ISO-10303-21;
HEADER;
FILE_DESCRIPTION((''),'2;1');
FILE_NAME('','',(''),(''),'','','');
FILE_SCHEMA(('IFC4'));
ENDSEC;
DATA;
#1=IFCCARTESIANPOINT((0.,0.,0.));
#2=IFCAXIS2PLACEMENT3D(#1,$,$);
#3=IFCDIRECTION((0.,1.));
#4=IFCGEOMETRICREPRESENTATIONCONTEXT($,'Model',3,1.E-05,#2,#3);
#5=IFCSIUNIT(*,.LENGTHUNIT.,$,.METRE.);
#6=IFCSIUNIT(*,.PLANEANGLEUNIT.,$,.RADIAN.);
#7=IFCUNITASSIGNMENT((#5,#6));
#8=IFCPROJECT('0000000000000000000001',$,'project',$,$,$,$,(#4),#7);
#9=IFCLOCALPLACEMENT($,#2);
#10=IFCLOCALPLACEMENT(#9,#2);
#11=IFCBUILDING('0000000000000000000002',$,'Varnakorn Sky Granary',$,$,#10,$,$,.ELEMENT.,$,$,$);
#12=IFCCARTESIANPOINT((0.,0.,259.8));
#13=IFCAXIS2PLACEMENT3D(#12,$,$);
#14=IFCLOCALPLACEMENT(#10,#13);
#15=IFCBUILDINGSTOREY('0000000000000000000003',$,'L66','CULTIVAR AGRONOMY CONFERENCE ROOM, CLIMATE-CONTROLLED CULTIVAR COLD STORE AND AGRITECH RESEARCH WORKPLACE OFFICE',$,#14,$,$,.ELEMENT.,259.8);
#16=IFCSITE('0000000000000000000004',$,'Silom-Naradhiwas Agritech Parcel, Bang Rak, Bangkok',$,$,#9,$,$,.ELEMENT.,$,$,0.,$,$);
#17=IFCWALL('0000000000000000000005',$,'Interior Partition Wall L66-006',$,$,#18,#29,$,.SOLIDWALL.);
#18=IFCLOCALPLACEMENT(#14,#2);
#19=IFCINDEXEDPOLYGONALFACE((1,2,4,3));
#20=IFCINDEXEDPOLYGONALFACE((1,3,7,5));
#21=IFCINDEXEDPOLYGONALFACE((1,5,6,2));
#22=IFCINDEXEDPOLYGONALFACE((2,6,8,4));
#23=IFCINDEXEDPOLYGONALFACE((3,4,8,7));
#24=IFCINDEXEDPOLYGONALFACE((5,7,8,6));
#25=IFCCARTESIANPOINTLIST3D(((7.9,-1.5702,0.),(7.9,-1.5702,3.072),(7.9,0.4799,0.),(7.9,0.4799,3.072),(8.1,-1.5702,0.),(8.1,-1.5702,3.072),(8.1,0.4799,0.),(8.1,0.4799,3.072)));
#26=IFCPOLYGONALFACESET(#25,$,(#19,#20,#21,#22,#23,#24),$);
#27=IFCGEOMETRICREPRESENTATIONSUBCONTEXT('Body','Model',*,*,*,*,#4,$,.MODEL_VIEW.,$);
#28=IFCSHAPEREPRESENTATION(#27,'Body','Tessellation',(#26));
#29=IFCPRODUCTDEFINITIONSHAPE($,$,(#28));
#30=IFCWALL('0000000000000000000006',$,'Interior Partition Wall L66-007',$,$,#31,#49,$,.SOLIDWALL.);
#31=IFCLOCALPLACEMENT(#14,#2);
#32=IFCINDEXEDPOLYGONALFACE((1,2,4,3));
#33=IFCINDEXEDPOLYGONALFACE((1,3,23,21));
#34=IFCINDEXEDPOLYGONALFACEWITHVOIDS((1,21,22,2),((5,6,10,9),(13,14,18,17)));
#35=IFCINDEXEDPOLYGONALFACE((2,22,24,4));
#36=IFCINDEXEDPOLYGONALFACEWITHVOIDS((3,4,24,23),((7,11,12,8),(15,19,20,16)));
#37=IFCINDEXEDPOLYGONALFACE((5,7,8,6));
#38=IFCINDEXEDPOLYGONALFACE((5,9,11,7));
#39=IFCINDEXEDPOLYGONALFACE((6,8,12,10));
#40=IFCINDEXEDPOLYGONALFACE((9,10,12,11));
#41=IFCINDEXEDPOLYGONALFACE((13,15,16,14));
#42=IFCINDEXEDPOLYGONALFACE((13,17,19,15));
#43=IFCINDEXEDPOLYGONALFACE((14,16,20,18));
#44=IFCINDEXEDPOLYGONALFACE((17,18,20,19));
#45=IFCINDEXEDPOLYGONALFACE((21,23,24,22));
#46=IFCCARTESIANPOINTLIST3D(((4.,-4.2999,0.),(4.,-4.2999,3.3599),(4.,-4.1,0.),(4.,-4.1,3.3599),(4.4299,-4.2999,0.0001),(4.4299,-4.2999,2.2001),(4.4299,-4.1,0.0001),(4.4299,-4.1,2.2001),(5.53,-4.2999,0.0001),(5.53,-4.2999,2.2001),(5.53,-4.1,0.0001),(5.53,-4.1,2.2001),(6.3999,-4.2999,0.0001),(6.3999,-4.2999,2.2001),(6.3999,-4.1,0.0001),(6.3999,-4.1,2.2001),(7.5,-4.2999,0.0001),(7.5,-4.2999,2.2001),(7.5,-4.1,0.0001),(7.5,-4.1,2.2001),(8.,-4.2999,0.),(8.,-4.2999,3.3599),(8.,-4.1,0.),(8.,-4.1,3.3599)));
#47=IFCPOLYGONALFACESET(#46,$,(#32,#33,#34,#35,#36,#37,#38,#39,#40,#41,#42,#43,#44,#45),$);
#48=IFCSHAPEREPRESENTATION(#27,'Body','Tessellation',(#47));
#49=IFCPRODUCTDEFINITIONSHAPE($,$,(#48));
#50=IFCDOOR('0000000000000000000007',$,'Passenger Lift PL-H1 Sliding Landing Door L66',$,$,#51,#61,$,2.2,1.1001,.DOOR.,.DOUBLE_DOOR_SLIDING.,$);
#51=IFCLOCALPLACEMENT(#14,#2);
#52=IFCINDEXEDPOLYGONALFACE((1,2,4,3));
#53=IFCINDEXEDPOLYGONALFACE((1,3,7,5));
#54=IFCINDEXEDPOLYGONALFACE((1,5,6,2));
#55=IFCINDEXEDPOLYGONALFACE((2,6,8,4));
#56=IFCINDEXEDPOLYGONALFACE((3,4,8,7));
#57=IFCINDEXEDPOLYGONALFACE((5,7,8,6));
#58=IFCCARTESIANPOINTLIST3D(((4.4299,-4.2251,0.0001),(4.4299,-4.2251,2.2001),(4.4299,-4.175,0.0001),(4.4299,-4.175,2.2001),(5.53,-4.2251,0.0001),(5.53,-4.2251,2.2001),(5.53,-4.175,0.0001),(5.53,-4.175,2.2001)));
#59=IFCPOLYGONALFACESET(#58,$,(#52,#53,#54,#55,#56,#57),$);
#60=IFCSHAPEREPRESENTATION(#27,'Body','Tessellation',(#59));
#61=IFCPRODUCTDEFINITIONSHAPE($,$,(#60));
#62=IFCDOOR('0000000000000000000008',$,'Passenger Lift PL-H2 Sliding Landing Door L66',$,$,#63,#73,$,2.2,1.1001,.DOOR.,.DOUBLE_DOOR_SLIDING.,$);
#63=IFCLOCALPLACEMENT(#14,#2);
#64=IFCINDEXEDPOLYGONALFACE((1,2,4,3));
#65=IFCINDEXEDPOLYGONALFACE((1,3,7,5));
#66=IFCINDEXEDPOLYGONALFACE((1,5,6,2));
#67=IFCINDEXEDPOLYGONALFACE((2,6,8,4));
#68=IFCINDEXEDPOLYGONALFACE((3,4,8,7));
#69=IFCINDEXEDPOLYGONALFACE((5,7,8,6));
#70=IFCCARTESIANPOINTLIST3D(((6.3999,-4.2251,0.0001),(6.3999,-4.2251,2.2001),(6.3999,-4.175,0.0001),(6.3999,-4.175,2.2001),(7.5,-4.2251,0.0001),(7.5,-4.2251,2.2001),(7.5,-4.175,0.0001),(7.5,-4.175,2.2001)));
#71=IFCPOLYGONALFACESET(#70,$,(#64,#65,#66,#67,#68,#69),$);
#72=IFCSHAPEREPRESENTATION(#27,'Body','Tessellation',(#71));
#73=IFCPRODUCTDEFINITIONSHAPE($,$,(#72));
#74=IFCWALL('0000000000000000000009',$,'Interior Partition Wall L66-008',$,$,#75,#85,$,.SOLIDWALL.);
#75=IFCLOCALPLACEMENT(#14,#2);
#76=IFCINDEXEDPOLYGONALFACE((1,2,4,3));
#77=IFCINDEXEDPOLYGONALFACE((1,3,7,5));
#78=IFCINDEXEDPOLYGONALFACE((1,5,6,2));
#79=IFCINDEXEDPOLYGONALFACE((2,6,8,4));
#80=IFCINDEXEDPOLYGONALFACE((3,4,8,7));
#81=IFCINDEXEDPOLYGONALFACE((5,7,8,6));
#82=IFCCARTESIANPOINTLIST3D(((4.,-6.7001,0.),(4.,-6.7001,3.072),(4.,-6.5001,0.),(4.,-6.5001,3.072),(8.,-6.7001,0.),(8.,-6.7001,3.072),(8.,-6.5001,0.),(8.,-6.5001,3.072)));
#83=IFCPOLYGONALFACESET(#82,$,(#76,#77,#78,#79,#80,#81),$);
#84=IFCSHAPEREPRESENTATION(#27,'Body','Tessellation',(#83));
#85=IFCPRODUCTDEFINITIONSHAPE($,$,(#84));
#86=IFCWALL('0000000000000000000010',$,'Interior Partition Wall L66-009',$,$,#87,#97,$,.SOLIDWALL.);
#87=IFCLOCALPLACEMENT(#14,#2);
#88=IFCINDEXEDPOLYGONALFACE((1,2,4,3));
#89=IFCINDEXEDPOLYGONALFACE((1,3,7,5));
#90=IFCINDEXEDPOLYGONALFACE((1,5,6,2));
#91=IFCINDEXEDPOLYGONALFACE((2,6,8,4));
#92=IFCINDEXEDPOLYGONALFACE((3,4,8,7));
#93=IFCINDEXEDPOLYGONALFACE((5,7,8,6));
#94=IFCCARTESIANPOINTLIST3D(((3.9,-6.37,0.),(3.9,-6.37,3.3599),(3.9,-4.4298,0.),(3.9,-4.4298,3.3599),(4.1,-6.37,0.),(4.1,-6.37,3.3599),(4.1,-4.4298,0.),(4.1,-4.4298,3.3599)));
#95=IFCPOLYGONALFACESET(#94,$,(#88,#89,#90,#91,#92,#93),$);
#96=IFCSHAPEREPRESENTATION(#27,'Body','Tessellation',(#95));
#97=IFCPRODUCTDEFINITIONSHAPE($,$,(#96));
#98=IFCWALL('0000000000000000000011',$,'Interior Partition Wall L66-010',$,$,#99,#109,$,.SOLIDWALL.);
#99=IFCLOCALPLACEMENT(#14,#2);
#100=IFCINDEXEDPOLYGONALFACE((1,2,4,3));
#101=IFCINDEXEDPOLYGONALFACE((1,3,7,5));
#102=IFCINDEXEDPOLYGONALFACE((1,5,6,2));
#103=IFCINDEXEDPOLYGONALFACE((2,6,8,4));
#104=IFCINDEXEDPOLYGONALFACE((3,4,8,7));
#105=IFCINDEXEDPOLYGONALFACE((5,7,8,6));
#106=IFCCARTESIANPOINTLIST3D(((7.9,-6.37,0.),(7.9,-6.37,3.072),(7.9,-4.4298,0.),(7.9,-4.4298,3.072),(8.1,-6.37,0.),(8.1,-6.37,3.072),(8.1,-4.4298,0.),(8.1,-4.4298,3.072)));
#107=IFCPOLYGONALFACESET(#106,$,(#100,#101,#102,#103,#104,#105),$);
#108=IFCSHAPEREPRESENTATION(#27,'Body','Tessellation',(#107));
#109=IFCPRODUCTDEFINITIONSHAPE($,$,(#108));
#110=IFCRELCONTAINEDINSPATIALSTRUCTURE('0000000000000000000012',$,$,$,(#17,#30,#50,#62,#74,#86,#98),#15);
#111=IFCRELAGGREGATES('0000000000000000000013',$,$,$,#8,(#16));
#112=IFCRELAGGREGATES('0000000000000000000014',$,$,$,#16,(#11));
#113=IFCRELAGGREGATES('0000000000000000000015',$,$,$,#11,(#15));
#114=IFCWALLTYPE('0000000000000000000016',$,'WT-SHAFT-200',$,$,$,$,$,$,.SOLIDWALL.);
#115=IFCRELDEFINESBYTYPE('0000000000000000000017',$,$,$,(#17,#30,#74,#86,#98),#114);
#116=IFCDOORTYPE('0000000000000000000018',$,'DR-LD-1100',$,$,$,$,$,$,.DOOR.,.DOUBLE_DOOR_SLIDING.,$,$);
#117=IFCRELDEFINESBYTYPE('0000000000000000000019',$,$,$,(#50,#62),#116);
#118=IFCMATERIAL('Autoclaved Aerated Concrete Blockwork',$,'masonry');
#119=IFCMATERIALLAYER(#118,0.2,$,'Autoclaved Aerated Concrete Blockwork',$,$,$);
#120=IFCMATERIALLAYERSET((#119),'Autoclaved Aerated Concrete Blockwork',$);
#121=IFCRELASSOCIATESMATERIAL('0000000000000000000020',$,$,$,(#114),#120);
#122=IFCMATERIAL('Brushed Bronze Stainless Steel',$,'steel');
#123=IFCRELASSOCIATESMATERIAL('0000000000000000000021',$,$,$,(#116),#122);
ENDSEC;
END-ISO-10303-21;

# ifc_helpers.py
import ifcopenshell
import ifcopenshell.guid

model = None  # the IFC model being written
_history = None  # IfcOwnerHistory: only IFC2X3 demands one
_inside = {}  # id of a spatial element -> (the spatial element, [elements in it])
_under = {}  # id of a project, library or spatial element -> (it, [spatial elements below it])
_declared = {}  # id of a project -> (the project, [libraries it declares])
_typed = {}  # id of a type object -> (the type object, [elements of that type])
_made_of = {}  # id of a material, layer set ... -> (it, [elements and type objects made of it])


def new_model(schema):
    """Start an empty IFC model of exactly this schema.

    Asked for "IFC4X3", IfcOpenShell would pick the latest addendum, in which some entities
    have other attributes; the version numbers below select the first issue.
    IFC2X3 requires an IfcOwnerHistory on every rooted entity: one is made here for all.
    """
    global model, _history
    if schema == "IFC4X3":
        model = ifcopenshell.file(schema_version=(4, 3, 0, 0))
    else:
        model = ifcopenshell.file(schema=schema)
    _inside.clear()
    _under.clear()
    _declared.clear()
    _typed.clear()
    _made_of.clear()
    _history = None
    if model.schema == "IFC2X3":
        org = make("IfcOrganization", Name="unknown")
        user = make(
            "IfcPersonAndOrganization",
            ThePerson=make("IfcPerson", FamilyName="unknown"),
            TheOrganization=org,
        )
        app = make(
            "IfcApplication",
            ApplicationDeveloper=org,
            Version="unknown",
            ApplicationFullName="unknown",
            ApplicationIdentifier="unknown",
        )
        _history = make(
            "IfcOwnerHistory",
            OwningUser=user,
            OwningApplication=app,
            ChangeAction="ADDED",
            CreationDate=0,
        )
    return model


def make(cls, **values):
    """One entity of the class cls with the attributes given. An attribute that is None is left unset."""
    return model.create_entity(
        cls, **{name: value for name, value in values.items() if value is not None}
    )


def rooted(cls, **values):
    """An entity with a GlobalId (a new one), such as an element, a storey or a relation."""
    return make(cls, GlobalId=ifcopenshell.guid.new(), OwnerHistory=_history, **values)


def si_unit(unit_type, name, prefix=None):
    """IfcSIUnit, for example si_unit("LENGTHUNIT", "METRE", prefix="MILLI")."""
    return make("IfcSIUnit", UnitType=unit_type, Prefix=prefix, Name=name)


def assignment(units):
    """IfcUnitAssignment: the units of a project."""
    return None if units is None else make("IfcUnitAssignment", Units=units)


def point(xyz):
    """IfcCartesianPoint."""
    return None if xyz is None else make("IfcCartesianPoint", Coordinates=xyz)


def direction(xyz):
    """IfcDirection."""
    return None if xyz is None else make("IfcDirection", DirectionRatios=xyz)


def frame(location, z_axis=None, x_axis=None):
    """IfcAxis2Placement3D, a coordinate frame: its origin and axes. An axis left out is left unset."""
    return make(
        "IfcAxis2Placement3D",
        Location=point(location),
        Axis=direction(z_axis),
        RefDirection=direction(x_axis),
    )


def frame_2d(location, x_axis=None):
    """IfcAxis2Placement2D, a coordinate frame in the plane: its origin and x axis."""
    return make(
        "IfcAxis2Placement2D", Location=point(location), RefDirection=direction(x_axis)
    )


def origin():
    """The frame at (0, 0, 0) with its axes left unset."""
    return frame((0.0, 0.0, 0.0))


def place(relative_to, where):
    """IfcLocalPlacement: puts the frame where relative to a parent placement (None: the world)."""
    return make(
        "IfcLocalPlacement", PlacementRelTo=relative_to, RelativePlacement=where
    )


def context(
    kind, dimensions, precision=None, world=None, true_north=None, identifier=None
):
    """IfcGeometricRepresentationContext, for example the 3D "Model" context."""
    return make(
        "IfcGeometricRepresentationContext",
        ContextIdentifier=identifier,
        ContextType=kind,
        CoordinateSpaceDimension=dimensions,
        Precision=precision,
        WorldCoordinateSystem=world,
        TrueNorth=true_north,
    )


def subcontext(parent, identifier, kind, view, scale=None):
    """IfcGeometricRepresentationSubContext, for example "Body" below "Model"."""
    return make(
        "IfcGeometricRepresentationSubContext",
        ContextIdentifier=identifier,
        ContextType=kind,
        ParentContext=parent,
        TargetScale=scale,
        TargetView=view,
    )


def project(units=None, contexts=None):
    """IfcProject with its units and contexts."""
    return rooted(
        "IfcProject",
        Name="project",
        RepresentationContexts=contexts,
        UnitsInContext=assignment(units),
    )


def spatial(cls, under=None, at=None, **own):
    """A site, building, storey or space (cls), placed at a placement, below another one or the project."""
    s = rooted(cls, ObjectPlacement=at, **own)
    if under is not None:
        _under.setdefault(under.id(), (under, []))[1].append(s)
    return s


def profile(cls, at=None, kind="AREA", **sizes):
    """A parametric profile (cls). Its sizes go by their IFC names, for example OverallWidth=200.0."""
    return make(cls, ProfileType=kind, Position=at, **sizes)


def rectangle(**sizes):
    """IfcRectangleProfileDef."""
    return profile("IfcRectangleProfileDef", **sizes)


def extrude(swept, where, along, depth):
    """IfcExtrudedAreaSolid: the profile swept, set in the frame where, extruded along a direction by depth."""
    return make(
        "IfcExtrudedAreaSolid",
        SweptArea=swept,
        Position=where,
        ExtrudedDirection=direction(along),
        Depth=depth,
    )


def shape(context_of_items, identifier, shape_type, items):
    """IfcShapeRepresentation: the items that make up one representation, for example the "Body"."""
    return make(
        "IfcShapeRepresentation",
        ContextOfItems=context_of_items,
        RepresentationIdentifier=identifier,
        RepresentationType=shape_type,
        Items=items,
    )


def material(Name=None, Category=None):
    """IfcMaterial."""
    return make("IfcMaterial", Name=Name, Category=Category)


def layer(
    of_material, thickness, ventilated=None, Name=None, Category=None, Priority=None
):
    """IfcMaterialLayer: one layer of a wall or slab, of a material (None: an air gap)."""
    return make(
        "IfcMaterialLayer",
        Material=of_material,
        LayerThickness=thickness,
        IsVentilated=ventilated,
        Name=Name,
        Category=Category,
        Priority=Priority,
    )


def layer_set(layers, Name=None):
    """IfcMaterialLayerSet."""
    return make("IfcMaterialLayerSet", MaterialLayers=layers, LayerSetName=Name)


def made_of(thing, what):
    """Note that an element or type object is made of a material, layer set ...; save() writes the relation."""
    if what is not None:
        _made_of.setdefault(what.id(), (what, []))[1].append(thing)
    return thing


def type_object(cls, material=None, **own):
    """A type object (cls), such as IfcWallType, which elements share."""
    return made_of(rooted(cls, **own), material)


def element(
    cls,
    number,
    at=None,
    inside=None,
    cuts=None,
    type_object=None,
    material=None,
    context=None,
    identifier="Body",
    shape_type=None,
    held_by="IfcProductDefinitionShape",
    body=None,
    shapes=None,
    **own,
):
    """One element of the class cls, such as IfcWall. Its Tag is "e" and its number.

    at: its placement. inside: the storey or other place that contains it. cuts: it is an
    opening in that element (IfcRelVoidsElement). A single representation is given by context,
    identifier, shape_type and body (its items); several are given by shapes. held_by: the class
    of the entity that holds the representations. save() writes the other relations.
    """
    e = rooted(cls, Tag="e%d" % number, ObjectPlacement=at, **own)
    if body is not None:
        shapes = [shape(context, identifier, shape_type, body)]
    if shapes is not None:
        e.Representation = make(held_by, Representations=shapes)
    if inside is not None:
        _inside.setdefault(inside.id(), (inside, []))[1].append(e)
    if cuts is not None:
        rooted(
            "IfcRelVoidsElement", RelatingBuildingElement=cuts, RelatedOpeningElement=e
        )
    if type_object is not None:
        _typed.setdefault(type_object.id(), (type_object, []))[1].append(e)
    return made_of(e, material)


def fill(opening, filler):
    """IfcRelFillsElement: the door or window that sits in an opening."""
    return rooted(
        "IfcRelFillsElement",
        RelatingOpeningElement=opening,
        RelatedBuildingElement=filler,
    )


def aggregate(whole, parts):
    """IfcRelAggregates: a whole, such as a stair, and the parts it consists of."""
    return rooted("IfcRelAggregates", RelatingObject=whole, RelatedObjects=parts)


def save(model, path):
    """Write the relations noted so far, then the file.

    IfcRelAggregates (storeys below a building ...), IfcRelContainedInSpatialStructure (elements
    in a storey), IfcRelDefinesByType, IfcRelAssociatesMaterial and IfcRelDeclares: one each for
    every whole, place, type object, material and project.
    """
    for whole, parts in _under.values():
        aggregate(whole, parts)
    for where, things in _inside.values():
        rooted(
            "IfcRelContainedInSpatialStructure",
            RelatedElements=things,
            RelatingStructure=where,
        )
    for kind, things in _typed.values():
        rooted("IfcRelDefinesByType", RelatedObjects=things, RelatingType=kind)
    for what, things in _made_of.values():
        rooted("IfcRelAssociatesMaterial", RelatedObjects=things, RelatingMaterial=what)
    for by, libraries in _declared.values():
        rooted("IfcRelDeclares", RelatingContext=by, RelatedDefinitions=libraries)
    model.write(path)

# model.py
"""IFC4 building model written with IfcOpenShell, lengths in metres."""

from ifc_helpers import new_model, si_unit, direction, frame, frame_2d, origin, place, context, subcontext, project, spatial, rectangle, extrude, material, layer, layer_set, type_object, element, fill, save


model = new_model("IFC4")

# Units and contexts
model_context = context("Model", 3, precision=1e-05, world=origin(), true_north=direction((0.0, 1.0)))
body_context = subcontext(model_context, "Body", "Model", "MODEL_VIEW")
ifc_project = project(units=[si_unit("LENGTHUNIT", "METRE"), si_unit("PLANEANGLEUNIT", "RADIAN")], contexts=[model_context])

# Site, building, storey
site_placement = place(None, origin())
site = spatial("IfcSite", under=ifc_project, at=site_placement, Name="Silom-Naradhiwas Agritech Parcel, Bang Rak, Bangkok", CompositionType="ELEMENT", RefElevation=0.0)
building_placement = place(site_placement, origin())
building = spatial("IfcBuilding", under=site, at=building_placement, Name="Varnakorn Sky Granary", CompositionType="ELEMENT")
storey_placement = place(building_placement, frame((0.0, 0.0, 259.8)))
storey = spatial("IfcBuildingStorey", under=building, at=storey_placement, Name="L66", Description="CULTIVAR AGRONOMY CONFERENCE ROOM, CLIMATE-CONTROLLED CULTIVAR COLD STORE AND AGRITECH RESEARCH WORKPLACE OFFICE", CompositionType="ELEMENT", Elevation=259.8)

# Shared definitions
ifc_material_1 = material(Name="Autoclaved Aerated Concrete Blockwork", Category="masonry")

# Wall
ifc_layer_1 = layer(ifc_material_1, 0.2, Name="Autoclaved Aerated Concrete Blockwork")
ifc_layer_set_1 = layer_set([ifc_layer_1], Name="Autoclaved Aerated Concrete Blockwork")
wall_type_1 = type_object("IfcWallType", Name="WT-SHAFT-200", PredefinedType="SOLIDWALL", material=ifc_layer_set_1)
wall_1_placement = place(storey_placement, frame((8.0, -1.5701, 0.0), z_axis=(0.0, 0.0, 1.0), x_axis=(0.0, 1.0, 0.0)))
element("IfcWall", 1, at=wall_1_placement, inside=storey, type_object=wall_type_1, Name="Interior Partition Wall L66-006", PredefinedType="SOLIDWALL", context=body_context, shape_type="SweptSolid", body=[
    extrude(rectangle(XDim=2.05, YDim=0.2, at=frame_2d((1.0249, 0.0))), origin(), (0.0, 0.0, 1.0), 3.072),
])

# Wall, openings, doors
wall_2_placement = place(storey_placement, frame((4.0, -4.2, 0.0), z_axis=(0.0, 0.0, 1.0), x_axis=(1.0, 0.0, 0.0)))
wall_2 = element("IfcWall", 2, at=wall_2_placement, inside=storey, type_object=wall_type_1, Name="Interior Partition Wall L66-007", PredefinedType="SOLIDWALL", context=body_context, shape_type="SweptSolid", body=[
    extrude(rectangle(XDim=4.0, YDim=0.2, at=frame_2d((2.0, 0.0))), origin(), (0.0, 0.0, 1.0), 3.3599),
])
opening_1_placement = place(wall_2_placement, frame((0.4299, 0.0, 0.0)))
opening_1 = element("IfcOpeningElement", 3, at=opening_1_placement, cuts=wall_2, PredefinedType="OPENING", context=body_context, shape_type="SweptSolid", body=[
    extrude(rectangle(XDim=1.1001, YDim=2.2, at=frame_2d((0.55, 1.1001))), frame((0.0, 0.1099, 0.0), z_axis=(0.0, -1.0, 0.0), x_axis=(1.0, 0.0, 0.0)), (0.0, 0.0, 1.0), 0.22),
])
opening_2_placement = place(wall_2_placement, frame((2.3999, 0.0, 0.0)))
opening_2 = element("IfcOpeningElement", 4, at=opening_2_placement, cuts=wall_2, PredefinedType="OPENING", context=body_context, shape_type="SweptSolid", body=[
    extrude(rectangle(XDim=1.1001, YDim=2.2, at=frame_2d((0.55, 1.1001))), frame((0.0, 0.1099, 0.0), z_axis=(0.0, -1.0, 0.0), x_axis=(1.0, 0.0, 0.0)), (0.0, 0.0, 1.0), 0.22),
])
ifc_material_2 = material(Name="Brushed Bronze Stainless Steel", Category="steel")
door_type_1 = type_object("IfcDoorType", Name="DR-LD-1100", OperationType="DOUBLE_DOOR_SLIDING", PredefinedType="DOOR", material=ifc_material_2)
door_1_placement = place(opening_1_placement, origin())
door_1 = element("IfcDoor", 5, at=door_1_placement, inside=storey, type_object=door_type_1, Name="Passenger Lift PL-H1 Sliding Landing Door L66", OperationType="DOUBLE_DOOR_SLIDING", OverallHeight=2.2, OverallWidth=1.1001, PredefinedType="DOOR", context=body_context, shape_type="SweptSolid", body=[
    extrude(rectangle(XDim=1.1001, YDim=2.2, at=frame_2d((0.55, 1.1001))), frame((0.0, 0.0249, 0.0), z_axis=(0.0, -1.0, 0.0), x_axis=(1.0, 0.0, 0.0)), (0.0, 0.0, 1.0), 0.05),
])
fill(opening_1, door_1)
door_2_placement = place(opening_2_placement, origin())
door_2 = element("IfcDoor", 6, at=door_2_placement, inside=storey, type_object=door_type_1, Name="Passenger Lift PL-H2 Sliding Landing Door L66", OperationType="DOUBLE_DOOR_SLIDING", OverallHeight=2.2, OverallWidth=1.1001, PredefinedType="DOOR", context=body_context, shape_type="SweptSolid", body=[
    extrude(rectangle(XDim=1.1001, YDim=2.2, at=frame_2d((0.55, 1.1001))), frame((0.0, 0.0249, 0.0), z_axis=(0.0, -1.0, 0.0), x_axis=(1.0, 0.0, 0.0)), (0.0, 0.0, 1.0), 0.05),
])
fill(opening_2, door_2)

# Walls
wall_3_placement = place(storey_placement, frame((4.0, -6.6001, 0.0), z_axis=(0.0, 0.0, 1.0), x_axis=(1.0, 0.0, 0.0)))
element("IfcWall", 7, at=wall_3_placement, inside=storey, type_object=wall_type_1, Name="Interior Partition Wall L66-008", PredefinedType="SOLIDWALL", context=body_context, shape_type="SweptSolid", body=[
    extrude(rectangle(XDim=4.0, YDim=0.2, at=frame_2d((2.0, 0.0))), origin(), (0.0, 0.0, 1.0), 3.072),
])
wall_4_placement = place(storey_placement, frame((4.0, -6.3701, 0.0), z_axis=(0.0, 0.0, 1.0), x_axis=(0.0, 1.0, 0.0)))
element("IfcWall", 8, at=wall_4_placement, inside=storey, type_object=wall_type_1, Name="Interior Partition Wall L66-009", PredefinedType="SOLIDWALL", context=body_context, shape_type="SweptSolid", body=[
    extrude(rectangle(XDim=1.9402, YDim=0.2, at=frame_2d((0.9702, 0.0))), origin(), (0.0, 0.0, 1.0), 3.3599),
])
wall_5_placement = place(storey_placement, frame((8.0, -6.3701, 0.0), z_axis=(0.0, 0.0, 1.0), x_axis=(0.0, 1.0, 0.0)))
element("IfcWall", 9, at=wall_5_placement, inside=storey, type_object=wall_type_1, Name="Interior Partition Wall L66-010", PredefinedType="SOLIDWALL", context=body_context, shape_type="SweptSolid", body=[
    extrude(rectangle(XDim=1.9402, YDim=0.2, at=frame_2d((0.9702, 0.0))), origin(), (0.0, 0.0, 1.0), 3.072),
])

save(model, "model.ifc")
